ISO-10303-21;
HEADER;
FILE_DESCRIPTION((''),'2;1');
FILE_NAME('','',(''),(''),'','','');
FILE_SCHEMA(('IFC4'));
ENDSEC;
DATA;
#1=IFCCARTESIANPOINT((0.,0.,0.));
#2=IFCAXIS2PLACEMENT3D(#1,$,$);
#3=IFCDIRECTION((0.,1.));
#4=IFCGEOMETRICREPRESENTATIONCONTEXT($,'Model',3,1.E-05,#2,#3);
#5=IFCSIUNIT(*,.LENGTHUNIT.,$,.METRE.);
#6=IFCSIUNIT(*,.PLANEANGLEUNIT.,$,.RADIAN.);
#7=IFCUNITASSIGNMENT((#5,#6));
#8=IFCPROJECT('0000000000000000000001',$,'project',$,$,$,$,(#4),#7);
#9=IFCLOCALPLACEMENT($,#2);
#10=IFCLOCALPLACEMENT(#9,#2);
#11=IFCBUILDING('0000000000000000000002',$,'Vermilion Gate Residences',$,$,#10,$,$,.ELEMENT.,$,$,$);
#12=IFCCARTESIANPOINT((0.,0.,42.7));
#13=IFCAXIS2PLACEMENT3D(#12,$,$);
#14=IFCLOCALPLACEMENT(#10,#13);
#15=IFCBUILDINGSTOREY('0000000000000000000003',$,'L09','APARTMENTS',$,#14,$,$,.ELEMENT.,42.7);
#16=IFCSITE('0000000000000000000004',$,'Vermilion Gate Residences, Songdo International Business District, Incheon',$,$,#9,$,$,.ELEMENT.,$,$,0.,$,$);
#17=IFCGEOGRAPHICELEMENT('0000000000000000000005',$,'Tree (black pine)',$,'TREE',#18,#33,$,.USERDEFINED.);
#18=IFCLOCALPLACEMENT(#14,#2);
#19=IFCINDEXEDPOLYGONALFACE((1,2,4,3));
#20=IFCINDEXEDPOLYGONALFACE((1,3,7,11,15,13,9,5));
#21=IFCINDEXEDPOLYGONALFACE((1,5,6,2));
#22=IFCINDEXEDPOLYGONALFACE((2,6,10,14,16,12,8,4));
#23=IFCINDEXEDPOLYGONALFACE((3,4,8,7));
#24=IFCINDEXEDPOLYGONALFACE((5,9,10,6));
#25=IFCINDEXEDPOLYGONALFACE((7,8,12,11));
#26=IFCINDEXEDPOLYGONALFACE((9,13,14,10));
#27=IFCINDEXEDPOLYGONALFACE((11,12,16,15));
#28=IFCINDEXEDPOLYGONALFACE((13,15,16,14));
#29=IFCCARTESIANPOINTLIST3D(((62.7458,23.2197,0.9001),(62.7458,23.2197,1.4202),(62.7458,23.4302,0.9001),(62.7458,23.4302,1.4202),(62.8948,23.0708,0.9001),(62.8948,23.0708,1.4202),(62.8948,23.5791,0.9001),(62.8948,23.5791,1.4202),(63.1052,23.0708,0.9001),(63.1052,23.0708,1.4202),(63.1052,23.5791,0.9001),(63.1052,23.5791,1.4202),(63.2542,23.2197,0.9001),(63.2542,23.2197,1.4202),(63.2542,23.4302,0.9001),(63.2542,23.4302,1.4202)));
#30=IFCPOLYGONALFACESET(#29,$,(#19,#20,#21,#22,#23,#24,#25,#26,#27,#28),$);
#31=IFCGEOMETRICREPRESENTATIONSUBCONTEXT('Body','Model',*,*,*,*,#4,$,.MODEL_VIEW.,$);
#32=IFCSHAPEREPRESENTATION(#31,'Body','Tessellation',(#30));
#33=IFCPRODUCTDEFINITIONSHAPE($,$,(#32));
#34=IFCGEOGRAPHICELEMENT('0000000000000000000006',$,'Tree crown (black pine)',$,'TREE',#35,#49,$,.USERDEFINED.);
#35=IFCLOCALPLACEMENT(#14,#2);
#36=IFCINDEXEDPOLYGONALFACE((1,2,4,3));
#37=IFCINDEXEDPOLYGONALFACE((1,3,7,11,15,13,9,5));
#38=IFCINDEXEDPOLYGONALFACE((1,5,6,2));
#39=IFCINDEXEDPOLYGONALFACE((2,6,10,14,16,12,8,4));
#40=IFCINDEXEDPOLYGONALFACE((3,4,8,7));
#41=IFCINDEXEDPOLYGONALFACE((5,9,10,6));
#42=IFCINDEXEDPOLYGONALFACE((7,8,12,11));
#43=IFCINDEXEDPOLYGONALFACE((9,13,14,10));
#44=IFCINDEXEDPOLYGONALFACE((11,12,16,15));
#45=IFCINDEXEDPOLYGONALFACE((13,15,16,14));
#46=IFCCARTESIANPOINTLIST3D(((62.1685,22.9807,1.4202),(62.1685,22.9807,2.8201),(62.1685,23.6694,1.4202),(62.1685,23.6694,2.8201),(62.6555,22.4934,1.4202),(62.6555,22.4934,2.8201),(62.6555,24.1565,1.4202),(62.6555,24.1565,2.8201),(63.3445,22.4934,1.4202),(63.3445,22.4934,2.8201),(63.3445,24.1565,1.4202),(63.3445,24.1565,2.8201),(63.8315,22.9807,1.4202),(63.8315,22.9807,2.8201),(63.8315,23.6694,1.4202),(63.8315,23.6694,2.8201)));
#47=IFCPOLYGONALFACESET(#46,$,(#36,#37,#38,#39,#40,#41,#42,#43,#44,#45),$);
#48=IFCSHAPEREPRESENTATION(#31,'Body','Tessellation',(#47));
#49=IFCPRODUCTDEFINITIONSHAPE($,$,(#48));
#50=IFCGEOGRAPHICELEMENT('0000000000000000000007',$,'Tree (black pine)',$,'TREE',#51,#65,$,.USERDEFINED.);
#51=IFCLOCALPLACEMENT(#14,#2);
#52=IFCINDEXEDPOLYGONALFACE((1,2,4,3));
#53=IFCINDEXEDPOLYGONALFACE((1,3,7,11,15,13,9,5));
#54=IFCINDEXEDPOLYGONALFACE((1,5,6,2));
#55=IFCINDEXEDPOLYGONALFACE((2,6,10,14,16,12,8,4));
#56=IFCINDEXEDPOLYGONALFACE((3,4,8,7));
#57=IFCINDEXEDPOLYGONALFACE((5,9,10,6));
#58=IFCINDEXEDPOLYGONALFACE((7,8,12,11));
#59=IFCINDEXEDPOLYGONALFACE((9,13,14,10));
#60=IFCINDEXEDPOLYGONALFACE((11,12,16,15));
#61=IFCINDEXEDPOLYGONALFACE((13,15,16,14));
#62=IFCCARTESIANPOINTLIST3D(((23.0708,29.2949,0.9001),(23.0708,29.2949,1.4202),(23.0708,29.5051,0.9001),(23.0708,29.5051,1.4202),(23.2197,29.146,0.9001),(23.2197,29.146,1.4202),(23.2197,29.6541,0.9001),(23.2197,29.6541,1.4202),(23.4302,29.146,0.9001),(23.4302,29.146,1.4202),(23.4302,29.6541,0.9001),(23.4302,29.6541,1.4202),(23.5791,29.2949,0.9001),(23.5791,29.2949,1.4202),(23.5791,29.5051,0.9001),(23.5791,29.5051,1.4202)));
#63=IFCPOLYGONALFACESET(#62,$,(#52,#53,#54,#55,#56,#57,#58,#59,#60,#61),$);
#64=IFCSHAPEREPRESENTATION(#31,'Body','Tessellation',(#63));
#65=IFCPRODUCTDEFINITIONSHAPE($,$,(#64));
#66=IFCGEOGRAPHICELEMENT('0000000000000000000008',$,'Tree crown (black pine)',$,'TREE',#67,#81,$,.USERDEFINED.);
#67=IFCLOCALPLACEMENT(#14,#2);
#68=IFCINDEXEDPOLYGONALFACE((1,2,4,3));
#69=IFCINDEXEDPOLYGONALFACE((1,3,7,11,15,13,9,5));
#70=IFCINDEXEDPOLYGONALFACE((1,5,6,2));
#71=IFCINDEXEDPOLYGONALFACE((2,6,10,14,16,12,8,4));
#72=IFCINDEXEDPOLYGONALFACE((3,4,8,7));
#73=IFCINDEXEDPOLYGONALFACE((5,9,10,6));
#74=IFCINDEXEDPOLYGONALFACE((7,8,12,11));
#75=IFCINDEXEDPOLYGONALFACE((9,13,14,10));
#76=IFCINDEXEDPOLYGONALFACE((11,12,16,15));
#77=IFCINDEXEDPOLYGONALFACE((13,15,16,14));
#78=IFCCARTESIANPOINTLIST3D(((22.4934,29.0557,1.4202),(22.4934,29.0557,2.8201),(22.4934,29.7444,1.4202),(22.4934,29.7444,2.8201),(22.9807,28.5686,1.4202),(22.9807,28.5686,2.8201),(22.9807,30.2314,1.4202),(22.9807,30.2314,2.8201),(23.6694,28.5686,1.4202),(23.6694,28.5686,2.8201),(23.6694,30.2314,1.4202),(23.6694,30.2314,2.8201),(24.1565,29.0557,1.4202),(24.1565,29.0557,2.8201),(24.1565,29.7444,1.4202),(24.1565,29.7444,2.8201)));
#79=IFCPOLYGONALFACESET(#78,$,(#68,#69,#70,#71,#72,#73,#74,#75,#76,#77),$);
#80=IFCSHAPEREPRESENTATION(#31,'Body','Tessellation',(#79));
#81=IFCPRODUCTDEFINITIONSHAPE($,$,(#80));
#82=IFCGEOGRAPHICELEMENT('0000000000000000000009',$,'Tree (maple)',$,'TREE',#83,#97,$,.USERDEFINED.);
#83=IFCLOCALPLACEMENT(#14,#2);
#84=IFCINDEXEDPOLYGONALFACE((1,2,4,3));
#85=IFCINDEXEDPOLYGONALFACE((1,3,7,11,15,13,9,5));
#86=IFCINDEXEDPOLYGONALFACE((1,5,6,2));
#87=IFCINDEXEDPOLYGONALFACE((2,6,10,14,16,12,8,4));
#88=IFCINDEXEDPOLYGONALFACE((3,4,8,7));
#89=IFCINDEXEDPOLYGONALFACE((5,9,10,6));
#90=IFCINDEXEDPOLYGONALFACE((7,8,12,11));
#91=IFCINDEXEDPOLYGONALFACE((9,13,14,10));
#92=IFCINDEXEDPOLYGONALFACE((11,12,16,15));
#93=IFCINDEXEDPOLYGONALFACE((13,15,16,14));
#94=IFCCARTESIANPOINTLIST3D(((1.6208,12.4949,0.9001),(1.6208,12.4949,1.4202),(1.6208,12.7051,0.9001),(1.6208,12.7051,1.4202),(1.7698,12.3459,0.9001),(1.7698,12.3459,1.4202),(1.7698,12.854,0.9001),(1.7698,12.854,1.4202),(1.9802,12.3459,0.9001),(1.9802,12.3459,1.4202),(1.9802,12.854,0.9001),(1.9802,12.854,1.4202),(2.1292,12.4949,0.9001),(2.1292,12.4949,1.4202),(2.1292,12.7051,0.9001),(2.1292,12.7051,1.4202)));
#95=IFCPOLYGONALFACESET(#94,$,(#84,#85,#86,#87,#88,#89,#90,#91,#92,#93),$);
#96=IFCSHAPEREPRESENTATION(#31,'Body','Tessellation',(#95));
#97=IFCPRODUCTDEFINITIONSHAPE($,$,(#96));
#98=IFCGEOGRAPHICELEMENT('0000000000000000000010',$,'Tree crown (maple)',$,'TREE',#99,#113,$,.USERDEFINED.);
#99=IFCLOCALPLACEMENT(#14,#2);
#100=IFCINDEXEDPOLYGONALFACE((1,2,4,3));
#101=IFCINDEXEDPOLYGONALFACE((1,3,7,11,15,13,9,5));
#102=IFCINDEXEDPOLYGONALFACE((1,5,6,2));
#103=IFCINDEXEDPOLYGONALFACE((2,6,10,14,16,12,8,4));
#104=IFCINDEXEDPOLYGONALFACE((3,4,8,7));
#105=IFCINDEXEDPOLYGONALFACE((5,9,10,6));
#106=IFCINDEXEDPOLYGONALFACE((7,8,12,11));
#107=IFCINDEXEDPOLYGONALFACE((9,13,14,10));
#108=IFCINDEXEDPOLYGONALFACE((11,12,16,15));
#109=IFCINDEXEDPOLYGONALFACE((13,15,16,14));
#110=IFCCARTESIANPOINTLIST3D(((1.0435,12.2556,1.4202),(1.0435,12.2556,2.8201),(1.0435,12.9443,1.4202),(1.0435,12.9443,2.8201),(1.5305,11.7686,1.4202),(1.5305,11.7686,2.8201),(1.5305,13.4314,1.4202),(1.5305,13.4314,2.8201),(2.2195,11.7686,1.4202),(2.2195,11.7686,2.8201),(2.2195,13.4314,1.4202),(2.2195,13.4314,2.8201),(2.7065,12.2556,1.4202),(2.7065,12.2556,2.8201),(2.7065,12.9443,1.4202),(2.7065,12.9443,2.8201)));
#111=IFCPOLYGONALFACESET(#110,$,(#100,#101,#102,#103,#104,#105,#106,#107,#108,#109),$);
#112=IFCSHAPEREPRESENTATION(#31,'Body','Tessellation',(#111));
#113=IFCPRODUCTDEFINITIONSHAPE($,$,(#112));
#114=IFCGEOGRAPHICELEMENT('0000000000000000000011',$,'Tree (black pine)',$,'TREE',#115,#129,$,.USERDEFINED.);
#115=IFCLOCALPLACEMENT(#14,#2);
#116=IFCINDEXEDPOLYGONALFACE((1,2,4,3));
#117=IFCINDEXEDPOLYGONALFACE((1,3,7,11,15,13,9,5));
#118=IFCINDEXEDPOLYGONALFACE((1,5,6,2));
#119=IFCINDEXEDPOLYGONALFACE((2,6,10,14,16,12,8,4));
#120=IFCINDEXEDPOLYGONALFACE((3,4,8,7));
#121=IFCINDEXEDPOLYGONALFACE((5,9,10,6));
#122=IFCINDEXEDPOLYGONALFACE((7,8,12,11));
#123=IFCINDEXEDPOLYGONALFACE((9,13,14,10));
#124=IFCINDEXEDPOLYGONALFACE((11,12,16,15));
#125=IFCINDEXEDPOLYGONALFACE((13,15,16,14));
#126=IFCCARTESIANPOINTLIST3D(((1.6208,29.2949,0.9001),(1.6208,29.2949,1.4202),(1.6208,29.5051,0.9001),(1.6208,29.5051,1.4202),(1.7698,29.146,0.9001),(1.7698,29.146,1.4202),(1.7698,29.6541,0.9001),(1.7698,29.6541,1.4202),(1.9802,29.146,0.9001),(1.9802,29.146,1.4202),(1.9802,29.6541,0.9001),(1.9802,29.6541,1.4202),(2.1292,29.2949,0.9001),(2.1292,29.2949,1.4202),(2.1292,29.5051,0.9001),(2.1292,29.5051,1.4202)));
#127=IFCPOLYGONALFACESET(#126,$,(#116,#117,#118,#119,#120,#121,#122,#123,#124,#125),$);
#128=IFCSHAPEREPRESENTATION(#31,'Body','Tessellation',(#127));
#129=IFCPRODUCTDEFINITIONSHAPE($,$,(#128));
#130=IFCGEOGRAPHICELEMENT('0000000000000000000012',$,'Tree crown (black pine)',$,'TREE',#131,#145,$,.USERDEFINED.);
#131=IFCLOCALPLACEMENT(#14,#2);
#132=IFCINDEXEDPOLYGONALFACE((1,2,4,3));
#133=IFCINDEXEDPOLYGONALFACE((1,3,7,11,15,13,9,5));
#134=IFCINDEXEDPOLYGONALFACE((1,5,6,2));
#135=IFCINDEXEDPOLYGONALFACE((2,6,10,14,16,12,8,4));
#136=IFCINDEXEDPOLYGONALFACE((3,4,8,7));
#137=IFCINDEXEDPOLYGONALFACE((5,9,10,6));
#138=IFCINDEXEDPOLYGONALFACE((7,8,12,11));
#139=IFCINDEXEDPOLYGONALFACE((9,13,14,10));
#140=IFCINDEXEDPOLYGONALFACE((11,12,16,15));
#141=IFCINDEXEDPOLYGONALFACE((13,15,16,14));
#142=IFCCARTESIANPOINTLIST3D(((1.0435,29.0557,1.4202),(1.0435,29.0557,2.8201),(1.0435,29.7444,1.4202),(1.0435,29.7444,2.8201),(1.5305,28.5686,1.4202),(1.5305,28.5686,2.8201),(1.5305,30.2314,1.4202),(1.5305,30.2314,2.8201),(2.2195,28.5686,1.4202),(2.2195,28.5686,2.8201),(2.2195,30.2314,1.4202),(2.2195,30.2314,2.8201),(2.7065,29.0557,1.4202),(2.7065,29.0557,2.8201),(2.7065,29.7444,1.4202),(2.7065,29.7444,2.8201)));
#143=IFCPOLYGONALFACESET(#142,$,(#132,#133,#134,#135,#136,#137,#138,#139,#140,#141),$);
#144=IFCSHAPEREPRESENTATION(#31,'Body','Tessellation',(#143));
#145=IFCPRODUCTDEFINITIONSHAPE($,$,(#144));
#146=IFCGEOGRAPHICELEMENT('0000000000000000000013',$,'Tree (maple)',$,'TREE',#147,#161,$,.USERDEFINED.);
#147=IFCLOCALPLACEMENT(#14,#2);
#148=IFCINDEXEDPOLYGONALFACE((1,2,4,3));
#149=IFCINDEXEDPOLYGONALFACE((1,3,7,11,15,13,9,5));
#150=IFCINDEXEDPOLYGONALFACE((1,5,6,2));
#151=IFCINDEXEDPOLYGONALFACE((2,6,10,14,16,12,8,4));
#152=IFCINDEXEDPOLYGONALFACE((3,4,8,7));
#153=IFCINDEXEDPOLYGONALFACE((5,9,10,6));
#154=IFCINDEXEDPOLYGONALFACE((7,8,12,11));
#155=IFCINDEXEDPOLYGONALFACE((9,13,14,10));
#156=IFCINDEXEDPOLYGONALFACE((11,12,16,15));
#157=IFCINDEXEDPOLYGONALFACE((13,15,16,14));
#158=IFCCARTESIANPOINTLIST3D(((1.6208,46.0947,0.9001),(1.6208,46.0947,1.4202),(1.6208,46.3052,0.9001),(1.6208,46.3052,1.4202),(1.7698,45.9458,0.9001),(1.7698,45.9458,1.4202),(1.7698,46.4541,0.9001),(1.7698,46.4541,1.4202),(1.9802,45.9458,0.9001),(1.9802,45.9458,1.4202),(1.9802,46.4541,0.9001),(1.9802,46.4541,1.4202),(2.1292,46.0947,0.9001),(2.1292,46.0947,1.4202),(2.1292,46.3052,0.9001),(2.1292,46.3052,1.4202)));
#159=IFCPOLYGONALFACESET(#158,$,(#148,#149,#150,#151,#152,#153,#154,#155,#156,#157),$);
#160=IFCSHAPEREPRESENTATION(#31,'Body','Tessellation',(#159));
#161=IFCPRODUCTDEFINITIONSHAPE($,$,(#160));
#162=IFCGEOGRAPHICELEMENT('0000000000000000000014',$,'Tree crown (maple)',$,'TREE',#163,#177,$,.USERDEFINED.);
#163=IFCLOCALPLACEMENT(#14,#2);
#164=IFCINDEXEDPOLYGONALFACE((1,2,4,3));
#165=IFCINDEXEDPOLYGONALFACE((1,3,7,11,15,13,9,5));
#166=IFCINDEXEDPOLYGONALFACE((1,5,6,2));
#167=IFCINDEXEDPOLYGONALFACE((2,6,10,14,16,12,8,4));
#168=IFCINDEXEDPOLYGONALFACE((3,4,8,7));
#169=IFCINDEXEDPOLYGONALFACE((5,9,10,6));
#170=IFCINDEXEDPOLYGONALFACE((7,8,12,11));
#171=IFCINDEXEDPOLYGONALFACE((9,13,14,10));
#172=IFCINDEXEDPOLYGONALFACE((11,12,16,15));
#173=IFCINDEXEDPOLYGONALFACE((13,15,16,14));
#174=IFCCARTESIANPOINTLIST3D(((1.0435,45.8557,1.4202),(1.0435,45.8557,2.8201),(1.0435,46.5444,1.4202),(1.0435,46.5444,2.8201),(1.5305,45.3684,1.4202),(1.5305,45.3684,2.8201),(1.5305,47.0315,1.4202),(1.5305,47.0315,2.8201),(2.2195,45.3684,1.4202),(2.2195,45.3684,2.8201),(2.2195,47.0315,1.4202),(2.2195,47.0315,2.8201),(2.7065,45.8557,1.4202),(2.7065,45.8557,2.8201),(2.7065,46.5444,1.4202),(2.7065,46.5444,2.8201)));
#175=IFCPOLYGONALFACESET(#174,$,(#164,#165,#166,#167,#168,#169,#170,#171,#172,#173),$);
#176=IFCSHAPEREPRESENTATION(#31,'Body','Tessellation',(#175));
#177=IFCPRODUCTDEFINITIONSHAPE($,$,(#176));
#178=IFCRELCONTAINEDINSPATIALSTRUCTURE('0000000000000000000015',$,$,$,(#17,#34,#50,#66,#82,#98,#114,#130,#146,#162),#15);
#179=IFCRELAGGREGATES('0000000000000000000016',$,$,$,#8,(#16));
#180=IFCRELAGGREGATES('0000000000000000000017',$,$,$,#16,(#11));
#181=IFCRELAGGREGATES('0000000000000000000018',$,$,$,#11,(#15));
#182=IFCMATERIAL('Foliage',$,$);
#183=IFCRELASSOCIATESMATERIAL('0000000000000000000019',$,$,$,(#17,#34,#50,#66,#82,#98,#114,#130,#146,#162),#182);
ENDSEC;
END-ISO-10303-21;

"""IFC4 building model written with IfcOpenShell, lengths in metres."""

from ifc_helpers import new_model, si_unit, direction, frame, origin, place, context, subcontext, project, spatial, polyline, outline, extrude, material, element, save


model = new_model("IFC4")

# Units and contexts
model_context = context("Model", 3, precision=1e-05, world=origin(), true_north=direction((0.0, 1.0)))
body_context = subcontext(model_context, "Body", "Model", "MODEL_VIEW")
ifc_project = project(units=[si_unit("LENGTHUNIT", "METRE"), si_unit("PLANEANGLEUNIT", "RADIAN")], contexts=[model_context])

# Site, building, storey
site_placement = place(None, origin())
site = spatial("IfcSite", under=ifc_project, at=site_placement, Name="Vermilion Gate Residences, Songdo International Business District, Incheon", CompositionType="ELEMENT", RefElevation=0.0)
building_placement = place(site_placement, origin())
building = spatial("IfcBuilding", under=site, at=building_placement, Name="Vermilion Gate Residences", CompositionType="ELEMENT")
storey_placement = place(building_placement, frame((0.0, 0.0, 42.7)))
storey = spatial("IfcBuildingStorey", under=building, at=storey_placement, Name="L09", Description="APARTMENTS", CompositionType="ELEMENT", Elevation=42.7)

# Geographic elements
ifc_material_1 = material(Name="Foliage")
geographic_element_1_placement = place(storey_placement, frame((0.0, 0.0, 0.9001)))
element("IfcGeographicElement", 1, at=geographic_element_1_placement, inside=storey, material=ifc_material_1, Name="Tree (black pine)", ObjectType="TREE", PredefinedType="USERDEFINED", context=body_context, shape_type="SweptSolid", body=[
    extrude(outline(polyline([(63.2542, 23.4302), (63.1052, 23.5791), (62.8948, 23.5791), (62.7458, 23.4302), (62.7458, 23.2197), (62.8948, 23.0708), (63.1052, 23.0708), (63.2542, 23.2197), (63.2542, 23.4302)])), origin(), (0.0, 0.0, 1.0), 0.52),
])
geographic_element_2_placement = place(storey_placement, frame((0.0, 0.0, 1.4202)))
element("IfcGeographicElement", 2, at=geographic_element_2_placement, inside=storey, material=ifc_material_1, Name="Tree crown (black pine)", ObjectType="TREE", PredefinedType="USERDEFINED", context=body_context, shape_type="SweptSolid", body=[
    extrude(outline(polyline([(63.8315, 23.6694), (63.3445, 24.1565), (62.6555, 24.1565), (62.1685, 23.6694), (62.1685, 22.9807), (62.6555, 22.4934), (63.3445, 22.4934), (63.8315, 22.9807), (63.8315, 23.6694)])), origin(), (0.0, 0.0, 1.0), 1.3999),
])
geographic_element_3_placement = place(storey_placement, frame((0.0, 0.0, 0.9001)))
element("IfcGeographicElement", 3, at=geographic_element_3_placement, inside=storey, material=ifc_material_1, Name="Tree (black pine)", ObjectType="TREE", PredefinedType="USERDEFINED", context=body_context, shape_type="SweptSolid", body=[
    extrude(outline(polyline([(23.5791, 29.5051), (23.4302, 29.6541), (23.2197, 29.6541), (23.0708, 29.5051), (23.0708, 29.2949), (23.2197, 29.146), (23.4302, 29.146), (23.5791, 29.2949), (23.5791, 29.5051)])), origin(), (0.0, 0.0, 1.0), 0.52),
])
geographic_element_4_placement = place(storey_placement, frame((0.0, 0.0, 1.4202)))
element("IfcGeographicElement", 4, at=geographic_element_4_placement, inside=storey, material=ifc_material_1, Name="Tree crown (black pine)", ObjectType="TREE", PredefinedType="USERDEFINED", context=body_context, shape_type="SweptSolid", body=[
    extrude(outline(polyline([(24.1565, 29.7444), (23.6694, 30.2314), (22.9807, 30.2314), (22.4934, 29.7444), (22.4934, 29.0557), (22.9807, 28.5686), (23.6694, 28.5686), (24.1565, 29.0557), (24.1565, 29.7444)])), origin(), (0.0, 0.0, 1.0), 1.3999),
])
geographic_element_5_placement = place(storey_placement, frame((0.0, 0.0, 0.9001)))
element("IfcGeographicElement", 5, at=geographic_element_5_placement, inside=storey, material=ifc_material_1, Name="Tree (maple)", ObjectType="TREE", PredefinedType="USERDEFINED", context=body_context, shape_type="SweptSolid", body=[
    extrude(outline(polyline([(2.1292, 12.7051), (1.9802, 12.854), (1.7698, 12.854), (1.6208, 12.7051), (1.6208, 12.4949), (1.7698, 12.3459), (1.9802, 12.3459), (2.1292, 12.4949), (2.1292, 12.7051)])), origin(), (0.0, 0.0, 1.0), 0.52),
])
geographic_element_6_placement = place(storey_placement, frame((0.0, 0.0, 1.4202)))
element("IfcGeographicElement", 6, at=geographic_element_6_placement, inside=storey, material=ifc_material_1, Name="Tree crown (maple)", ObjectType="TREE", PredefinedType="USERDEFINED", context=body_context, shape_type="SweptSolid", body=[
    extrude(outline(polyline([(2.7065, 12.9443), (2.2195, 13.4314), (1.5305, 13.4314), (1.0435, 12.9443), (1.0435, 12.2556), (1.5305, 11.7686), (2.2195, 11.7686), (2.7065, 12.2556), (2.7065, 12.9443)])), origin(), (0.0, 0.0, 1.0), 1.3999),
])
geographic_element_7_placement = place(storey_placement, frame((0.0, 0.0, 0.9001)))
element("IfcGeographicElement", 7, at=geographic_element_7_placement, inside=storey, material=ifc_material_1, Name="Tree (black pine)", ObjectType="TREE", PredefinedType="USERDEFINED", context=body_context, shape_type="SweptSolid", body=[
    extrude(outline(polyline([(2.1292, 29.5051), (1.9802, 29.6541), (1.7698, 29.6541), (1.6208, 29.5051), (1.6208, 29.2949), (1.7698, 29.146), (1.9802, 29.146), (2.1292, 29.2949), (2.1292, 29.5051)])), origin(), (0.0, 0.0, 1.0), 0.52),
])
geographic_element_8_placement = place(storey_placement, frame((0.0, 0.0, 1.4202)))
element("IfcGeographicElement", 8, at=geographic_element_8_placement, inside=storey, material=ifc_material_1, Name="Tree crown (black pine)", ObjectType="TREE", PredefinedType="USERDEFINED", context=body_context, shape_type="SweptSolid", body=[
    extrude(outline(polyline([(2.7065, 29.7444), (2.2195, 30.2314), (1.5305, 30.2314), (1.0435, 29.7444), (1.0435, 29.0557), (1.5305, 28.5686), (2.2195, 28.5686), (2.7065, 29.0557), (2.7065, 29.7444)])), origin(), (0.0, 0.0, 1.0), 1.3999),
])
geographic_element_9_placement = place(storey_placement, frame((0.0, 0.0, 0.9001)))
element("IfcGeographicElement", 9, at=geographic_element_9_placement, inside=storey, material=ifc_material_1, Name="Tree (maple)", ObjectType="TREE", PredefinedType="USERDEFINED", context=body_context, shape_type="SweptSolid", body=[
    extrude(outline(polyline([(2.1292, 46.3052), (1.9802, 46.4541), (1.7698, 46.4541), (1.6208, 46.3052), (1.6208, 46.0947), (1.7698, 45.9458), (1.9802, 45.9458), (2.1292, 46.0947), (2.1292, 46.3052)])), origin(), (0.0, 0.0, 1.0), 0.52),
])
geographic_element_10_placement = place(storey_placement, frame((0.0, 0.0, 1.4202)))
element("IfcGeographicElement", 10, at=geographic_element_10_placement, inside=storey, material=ifc_material_1, Name="Tree crown (maple)", ObjectType="TREE", PredefinedType="USERDEFINED", context=body_context, shape_type="SweptSolid", body=[
    extrude(outline(polyline([(2.7065, 46.5444), (2.2195, 47.0315), (1.5305, 47.0315), (1.0435, 46.5444), (1.0435, 45.8557), (1.5305, 45.3684), (2.2195, 45.3684), (2.7065, 45.8557), (2.7065, 46.5444)])), origin(), (0.0, 0.0, 1.0), 1.3999),
])

save(model, "model.ifc")
